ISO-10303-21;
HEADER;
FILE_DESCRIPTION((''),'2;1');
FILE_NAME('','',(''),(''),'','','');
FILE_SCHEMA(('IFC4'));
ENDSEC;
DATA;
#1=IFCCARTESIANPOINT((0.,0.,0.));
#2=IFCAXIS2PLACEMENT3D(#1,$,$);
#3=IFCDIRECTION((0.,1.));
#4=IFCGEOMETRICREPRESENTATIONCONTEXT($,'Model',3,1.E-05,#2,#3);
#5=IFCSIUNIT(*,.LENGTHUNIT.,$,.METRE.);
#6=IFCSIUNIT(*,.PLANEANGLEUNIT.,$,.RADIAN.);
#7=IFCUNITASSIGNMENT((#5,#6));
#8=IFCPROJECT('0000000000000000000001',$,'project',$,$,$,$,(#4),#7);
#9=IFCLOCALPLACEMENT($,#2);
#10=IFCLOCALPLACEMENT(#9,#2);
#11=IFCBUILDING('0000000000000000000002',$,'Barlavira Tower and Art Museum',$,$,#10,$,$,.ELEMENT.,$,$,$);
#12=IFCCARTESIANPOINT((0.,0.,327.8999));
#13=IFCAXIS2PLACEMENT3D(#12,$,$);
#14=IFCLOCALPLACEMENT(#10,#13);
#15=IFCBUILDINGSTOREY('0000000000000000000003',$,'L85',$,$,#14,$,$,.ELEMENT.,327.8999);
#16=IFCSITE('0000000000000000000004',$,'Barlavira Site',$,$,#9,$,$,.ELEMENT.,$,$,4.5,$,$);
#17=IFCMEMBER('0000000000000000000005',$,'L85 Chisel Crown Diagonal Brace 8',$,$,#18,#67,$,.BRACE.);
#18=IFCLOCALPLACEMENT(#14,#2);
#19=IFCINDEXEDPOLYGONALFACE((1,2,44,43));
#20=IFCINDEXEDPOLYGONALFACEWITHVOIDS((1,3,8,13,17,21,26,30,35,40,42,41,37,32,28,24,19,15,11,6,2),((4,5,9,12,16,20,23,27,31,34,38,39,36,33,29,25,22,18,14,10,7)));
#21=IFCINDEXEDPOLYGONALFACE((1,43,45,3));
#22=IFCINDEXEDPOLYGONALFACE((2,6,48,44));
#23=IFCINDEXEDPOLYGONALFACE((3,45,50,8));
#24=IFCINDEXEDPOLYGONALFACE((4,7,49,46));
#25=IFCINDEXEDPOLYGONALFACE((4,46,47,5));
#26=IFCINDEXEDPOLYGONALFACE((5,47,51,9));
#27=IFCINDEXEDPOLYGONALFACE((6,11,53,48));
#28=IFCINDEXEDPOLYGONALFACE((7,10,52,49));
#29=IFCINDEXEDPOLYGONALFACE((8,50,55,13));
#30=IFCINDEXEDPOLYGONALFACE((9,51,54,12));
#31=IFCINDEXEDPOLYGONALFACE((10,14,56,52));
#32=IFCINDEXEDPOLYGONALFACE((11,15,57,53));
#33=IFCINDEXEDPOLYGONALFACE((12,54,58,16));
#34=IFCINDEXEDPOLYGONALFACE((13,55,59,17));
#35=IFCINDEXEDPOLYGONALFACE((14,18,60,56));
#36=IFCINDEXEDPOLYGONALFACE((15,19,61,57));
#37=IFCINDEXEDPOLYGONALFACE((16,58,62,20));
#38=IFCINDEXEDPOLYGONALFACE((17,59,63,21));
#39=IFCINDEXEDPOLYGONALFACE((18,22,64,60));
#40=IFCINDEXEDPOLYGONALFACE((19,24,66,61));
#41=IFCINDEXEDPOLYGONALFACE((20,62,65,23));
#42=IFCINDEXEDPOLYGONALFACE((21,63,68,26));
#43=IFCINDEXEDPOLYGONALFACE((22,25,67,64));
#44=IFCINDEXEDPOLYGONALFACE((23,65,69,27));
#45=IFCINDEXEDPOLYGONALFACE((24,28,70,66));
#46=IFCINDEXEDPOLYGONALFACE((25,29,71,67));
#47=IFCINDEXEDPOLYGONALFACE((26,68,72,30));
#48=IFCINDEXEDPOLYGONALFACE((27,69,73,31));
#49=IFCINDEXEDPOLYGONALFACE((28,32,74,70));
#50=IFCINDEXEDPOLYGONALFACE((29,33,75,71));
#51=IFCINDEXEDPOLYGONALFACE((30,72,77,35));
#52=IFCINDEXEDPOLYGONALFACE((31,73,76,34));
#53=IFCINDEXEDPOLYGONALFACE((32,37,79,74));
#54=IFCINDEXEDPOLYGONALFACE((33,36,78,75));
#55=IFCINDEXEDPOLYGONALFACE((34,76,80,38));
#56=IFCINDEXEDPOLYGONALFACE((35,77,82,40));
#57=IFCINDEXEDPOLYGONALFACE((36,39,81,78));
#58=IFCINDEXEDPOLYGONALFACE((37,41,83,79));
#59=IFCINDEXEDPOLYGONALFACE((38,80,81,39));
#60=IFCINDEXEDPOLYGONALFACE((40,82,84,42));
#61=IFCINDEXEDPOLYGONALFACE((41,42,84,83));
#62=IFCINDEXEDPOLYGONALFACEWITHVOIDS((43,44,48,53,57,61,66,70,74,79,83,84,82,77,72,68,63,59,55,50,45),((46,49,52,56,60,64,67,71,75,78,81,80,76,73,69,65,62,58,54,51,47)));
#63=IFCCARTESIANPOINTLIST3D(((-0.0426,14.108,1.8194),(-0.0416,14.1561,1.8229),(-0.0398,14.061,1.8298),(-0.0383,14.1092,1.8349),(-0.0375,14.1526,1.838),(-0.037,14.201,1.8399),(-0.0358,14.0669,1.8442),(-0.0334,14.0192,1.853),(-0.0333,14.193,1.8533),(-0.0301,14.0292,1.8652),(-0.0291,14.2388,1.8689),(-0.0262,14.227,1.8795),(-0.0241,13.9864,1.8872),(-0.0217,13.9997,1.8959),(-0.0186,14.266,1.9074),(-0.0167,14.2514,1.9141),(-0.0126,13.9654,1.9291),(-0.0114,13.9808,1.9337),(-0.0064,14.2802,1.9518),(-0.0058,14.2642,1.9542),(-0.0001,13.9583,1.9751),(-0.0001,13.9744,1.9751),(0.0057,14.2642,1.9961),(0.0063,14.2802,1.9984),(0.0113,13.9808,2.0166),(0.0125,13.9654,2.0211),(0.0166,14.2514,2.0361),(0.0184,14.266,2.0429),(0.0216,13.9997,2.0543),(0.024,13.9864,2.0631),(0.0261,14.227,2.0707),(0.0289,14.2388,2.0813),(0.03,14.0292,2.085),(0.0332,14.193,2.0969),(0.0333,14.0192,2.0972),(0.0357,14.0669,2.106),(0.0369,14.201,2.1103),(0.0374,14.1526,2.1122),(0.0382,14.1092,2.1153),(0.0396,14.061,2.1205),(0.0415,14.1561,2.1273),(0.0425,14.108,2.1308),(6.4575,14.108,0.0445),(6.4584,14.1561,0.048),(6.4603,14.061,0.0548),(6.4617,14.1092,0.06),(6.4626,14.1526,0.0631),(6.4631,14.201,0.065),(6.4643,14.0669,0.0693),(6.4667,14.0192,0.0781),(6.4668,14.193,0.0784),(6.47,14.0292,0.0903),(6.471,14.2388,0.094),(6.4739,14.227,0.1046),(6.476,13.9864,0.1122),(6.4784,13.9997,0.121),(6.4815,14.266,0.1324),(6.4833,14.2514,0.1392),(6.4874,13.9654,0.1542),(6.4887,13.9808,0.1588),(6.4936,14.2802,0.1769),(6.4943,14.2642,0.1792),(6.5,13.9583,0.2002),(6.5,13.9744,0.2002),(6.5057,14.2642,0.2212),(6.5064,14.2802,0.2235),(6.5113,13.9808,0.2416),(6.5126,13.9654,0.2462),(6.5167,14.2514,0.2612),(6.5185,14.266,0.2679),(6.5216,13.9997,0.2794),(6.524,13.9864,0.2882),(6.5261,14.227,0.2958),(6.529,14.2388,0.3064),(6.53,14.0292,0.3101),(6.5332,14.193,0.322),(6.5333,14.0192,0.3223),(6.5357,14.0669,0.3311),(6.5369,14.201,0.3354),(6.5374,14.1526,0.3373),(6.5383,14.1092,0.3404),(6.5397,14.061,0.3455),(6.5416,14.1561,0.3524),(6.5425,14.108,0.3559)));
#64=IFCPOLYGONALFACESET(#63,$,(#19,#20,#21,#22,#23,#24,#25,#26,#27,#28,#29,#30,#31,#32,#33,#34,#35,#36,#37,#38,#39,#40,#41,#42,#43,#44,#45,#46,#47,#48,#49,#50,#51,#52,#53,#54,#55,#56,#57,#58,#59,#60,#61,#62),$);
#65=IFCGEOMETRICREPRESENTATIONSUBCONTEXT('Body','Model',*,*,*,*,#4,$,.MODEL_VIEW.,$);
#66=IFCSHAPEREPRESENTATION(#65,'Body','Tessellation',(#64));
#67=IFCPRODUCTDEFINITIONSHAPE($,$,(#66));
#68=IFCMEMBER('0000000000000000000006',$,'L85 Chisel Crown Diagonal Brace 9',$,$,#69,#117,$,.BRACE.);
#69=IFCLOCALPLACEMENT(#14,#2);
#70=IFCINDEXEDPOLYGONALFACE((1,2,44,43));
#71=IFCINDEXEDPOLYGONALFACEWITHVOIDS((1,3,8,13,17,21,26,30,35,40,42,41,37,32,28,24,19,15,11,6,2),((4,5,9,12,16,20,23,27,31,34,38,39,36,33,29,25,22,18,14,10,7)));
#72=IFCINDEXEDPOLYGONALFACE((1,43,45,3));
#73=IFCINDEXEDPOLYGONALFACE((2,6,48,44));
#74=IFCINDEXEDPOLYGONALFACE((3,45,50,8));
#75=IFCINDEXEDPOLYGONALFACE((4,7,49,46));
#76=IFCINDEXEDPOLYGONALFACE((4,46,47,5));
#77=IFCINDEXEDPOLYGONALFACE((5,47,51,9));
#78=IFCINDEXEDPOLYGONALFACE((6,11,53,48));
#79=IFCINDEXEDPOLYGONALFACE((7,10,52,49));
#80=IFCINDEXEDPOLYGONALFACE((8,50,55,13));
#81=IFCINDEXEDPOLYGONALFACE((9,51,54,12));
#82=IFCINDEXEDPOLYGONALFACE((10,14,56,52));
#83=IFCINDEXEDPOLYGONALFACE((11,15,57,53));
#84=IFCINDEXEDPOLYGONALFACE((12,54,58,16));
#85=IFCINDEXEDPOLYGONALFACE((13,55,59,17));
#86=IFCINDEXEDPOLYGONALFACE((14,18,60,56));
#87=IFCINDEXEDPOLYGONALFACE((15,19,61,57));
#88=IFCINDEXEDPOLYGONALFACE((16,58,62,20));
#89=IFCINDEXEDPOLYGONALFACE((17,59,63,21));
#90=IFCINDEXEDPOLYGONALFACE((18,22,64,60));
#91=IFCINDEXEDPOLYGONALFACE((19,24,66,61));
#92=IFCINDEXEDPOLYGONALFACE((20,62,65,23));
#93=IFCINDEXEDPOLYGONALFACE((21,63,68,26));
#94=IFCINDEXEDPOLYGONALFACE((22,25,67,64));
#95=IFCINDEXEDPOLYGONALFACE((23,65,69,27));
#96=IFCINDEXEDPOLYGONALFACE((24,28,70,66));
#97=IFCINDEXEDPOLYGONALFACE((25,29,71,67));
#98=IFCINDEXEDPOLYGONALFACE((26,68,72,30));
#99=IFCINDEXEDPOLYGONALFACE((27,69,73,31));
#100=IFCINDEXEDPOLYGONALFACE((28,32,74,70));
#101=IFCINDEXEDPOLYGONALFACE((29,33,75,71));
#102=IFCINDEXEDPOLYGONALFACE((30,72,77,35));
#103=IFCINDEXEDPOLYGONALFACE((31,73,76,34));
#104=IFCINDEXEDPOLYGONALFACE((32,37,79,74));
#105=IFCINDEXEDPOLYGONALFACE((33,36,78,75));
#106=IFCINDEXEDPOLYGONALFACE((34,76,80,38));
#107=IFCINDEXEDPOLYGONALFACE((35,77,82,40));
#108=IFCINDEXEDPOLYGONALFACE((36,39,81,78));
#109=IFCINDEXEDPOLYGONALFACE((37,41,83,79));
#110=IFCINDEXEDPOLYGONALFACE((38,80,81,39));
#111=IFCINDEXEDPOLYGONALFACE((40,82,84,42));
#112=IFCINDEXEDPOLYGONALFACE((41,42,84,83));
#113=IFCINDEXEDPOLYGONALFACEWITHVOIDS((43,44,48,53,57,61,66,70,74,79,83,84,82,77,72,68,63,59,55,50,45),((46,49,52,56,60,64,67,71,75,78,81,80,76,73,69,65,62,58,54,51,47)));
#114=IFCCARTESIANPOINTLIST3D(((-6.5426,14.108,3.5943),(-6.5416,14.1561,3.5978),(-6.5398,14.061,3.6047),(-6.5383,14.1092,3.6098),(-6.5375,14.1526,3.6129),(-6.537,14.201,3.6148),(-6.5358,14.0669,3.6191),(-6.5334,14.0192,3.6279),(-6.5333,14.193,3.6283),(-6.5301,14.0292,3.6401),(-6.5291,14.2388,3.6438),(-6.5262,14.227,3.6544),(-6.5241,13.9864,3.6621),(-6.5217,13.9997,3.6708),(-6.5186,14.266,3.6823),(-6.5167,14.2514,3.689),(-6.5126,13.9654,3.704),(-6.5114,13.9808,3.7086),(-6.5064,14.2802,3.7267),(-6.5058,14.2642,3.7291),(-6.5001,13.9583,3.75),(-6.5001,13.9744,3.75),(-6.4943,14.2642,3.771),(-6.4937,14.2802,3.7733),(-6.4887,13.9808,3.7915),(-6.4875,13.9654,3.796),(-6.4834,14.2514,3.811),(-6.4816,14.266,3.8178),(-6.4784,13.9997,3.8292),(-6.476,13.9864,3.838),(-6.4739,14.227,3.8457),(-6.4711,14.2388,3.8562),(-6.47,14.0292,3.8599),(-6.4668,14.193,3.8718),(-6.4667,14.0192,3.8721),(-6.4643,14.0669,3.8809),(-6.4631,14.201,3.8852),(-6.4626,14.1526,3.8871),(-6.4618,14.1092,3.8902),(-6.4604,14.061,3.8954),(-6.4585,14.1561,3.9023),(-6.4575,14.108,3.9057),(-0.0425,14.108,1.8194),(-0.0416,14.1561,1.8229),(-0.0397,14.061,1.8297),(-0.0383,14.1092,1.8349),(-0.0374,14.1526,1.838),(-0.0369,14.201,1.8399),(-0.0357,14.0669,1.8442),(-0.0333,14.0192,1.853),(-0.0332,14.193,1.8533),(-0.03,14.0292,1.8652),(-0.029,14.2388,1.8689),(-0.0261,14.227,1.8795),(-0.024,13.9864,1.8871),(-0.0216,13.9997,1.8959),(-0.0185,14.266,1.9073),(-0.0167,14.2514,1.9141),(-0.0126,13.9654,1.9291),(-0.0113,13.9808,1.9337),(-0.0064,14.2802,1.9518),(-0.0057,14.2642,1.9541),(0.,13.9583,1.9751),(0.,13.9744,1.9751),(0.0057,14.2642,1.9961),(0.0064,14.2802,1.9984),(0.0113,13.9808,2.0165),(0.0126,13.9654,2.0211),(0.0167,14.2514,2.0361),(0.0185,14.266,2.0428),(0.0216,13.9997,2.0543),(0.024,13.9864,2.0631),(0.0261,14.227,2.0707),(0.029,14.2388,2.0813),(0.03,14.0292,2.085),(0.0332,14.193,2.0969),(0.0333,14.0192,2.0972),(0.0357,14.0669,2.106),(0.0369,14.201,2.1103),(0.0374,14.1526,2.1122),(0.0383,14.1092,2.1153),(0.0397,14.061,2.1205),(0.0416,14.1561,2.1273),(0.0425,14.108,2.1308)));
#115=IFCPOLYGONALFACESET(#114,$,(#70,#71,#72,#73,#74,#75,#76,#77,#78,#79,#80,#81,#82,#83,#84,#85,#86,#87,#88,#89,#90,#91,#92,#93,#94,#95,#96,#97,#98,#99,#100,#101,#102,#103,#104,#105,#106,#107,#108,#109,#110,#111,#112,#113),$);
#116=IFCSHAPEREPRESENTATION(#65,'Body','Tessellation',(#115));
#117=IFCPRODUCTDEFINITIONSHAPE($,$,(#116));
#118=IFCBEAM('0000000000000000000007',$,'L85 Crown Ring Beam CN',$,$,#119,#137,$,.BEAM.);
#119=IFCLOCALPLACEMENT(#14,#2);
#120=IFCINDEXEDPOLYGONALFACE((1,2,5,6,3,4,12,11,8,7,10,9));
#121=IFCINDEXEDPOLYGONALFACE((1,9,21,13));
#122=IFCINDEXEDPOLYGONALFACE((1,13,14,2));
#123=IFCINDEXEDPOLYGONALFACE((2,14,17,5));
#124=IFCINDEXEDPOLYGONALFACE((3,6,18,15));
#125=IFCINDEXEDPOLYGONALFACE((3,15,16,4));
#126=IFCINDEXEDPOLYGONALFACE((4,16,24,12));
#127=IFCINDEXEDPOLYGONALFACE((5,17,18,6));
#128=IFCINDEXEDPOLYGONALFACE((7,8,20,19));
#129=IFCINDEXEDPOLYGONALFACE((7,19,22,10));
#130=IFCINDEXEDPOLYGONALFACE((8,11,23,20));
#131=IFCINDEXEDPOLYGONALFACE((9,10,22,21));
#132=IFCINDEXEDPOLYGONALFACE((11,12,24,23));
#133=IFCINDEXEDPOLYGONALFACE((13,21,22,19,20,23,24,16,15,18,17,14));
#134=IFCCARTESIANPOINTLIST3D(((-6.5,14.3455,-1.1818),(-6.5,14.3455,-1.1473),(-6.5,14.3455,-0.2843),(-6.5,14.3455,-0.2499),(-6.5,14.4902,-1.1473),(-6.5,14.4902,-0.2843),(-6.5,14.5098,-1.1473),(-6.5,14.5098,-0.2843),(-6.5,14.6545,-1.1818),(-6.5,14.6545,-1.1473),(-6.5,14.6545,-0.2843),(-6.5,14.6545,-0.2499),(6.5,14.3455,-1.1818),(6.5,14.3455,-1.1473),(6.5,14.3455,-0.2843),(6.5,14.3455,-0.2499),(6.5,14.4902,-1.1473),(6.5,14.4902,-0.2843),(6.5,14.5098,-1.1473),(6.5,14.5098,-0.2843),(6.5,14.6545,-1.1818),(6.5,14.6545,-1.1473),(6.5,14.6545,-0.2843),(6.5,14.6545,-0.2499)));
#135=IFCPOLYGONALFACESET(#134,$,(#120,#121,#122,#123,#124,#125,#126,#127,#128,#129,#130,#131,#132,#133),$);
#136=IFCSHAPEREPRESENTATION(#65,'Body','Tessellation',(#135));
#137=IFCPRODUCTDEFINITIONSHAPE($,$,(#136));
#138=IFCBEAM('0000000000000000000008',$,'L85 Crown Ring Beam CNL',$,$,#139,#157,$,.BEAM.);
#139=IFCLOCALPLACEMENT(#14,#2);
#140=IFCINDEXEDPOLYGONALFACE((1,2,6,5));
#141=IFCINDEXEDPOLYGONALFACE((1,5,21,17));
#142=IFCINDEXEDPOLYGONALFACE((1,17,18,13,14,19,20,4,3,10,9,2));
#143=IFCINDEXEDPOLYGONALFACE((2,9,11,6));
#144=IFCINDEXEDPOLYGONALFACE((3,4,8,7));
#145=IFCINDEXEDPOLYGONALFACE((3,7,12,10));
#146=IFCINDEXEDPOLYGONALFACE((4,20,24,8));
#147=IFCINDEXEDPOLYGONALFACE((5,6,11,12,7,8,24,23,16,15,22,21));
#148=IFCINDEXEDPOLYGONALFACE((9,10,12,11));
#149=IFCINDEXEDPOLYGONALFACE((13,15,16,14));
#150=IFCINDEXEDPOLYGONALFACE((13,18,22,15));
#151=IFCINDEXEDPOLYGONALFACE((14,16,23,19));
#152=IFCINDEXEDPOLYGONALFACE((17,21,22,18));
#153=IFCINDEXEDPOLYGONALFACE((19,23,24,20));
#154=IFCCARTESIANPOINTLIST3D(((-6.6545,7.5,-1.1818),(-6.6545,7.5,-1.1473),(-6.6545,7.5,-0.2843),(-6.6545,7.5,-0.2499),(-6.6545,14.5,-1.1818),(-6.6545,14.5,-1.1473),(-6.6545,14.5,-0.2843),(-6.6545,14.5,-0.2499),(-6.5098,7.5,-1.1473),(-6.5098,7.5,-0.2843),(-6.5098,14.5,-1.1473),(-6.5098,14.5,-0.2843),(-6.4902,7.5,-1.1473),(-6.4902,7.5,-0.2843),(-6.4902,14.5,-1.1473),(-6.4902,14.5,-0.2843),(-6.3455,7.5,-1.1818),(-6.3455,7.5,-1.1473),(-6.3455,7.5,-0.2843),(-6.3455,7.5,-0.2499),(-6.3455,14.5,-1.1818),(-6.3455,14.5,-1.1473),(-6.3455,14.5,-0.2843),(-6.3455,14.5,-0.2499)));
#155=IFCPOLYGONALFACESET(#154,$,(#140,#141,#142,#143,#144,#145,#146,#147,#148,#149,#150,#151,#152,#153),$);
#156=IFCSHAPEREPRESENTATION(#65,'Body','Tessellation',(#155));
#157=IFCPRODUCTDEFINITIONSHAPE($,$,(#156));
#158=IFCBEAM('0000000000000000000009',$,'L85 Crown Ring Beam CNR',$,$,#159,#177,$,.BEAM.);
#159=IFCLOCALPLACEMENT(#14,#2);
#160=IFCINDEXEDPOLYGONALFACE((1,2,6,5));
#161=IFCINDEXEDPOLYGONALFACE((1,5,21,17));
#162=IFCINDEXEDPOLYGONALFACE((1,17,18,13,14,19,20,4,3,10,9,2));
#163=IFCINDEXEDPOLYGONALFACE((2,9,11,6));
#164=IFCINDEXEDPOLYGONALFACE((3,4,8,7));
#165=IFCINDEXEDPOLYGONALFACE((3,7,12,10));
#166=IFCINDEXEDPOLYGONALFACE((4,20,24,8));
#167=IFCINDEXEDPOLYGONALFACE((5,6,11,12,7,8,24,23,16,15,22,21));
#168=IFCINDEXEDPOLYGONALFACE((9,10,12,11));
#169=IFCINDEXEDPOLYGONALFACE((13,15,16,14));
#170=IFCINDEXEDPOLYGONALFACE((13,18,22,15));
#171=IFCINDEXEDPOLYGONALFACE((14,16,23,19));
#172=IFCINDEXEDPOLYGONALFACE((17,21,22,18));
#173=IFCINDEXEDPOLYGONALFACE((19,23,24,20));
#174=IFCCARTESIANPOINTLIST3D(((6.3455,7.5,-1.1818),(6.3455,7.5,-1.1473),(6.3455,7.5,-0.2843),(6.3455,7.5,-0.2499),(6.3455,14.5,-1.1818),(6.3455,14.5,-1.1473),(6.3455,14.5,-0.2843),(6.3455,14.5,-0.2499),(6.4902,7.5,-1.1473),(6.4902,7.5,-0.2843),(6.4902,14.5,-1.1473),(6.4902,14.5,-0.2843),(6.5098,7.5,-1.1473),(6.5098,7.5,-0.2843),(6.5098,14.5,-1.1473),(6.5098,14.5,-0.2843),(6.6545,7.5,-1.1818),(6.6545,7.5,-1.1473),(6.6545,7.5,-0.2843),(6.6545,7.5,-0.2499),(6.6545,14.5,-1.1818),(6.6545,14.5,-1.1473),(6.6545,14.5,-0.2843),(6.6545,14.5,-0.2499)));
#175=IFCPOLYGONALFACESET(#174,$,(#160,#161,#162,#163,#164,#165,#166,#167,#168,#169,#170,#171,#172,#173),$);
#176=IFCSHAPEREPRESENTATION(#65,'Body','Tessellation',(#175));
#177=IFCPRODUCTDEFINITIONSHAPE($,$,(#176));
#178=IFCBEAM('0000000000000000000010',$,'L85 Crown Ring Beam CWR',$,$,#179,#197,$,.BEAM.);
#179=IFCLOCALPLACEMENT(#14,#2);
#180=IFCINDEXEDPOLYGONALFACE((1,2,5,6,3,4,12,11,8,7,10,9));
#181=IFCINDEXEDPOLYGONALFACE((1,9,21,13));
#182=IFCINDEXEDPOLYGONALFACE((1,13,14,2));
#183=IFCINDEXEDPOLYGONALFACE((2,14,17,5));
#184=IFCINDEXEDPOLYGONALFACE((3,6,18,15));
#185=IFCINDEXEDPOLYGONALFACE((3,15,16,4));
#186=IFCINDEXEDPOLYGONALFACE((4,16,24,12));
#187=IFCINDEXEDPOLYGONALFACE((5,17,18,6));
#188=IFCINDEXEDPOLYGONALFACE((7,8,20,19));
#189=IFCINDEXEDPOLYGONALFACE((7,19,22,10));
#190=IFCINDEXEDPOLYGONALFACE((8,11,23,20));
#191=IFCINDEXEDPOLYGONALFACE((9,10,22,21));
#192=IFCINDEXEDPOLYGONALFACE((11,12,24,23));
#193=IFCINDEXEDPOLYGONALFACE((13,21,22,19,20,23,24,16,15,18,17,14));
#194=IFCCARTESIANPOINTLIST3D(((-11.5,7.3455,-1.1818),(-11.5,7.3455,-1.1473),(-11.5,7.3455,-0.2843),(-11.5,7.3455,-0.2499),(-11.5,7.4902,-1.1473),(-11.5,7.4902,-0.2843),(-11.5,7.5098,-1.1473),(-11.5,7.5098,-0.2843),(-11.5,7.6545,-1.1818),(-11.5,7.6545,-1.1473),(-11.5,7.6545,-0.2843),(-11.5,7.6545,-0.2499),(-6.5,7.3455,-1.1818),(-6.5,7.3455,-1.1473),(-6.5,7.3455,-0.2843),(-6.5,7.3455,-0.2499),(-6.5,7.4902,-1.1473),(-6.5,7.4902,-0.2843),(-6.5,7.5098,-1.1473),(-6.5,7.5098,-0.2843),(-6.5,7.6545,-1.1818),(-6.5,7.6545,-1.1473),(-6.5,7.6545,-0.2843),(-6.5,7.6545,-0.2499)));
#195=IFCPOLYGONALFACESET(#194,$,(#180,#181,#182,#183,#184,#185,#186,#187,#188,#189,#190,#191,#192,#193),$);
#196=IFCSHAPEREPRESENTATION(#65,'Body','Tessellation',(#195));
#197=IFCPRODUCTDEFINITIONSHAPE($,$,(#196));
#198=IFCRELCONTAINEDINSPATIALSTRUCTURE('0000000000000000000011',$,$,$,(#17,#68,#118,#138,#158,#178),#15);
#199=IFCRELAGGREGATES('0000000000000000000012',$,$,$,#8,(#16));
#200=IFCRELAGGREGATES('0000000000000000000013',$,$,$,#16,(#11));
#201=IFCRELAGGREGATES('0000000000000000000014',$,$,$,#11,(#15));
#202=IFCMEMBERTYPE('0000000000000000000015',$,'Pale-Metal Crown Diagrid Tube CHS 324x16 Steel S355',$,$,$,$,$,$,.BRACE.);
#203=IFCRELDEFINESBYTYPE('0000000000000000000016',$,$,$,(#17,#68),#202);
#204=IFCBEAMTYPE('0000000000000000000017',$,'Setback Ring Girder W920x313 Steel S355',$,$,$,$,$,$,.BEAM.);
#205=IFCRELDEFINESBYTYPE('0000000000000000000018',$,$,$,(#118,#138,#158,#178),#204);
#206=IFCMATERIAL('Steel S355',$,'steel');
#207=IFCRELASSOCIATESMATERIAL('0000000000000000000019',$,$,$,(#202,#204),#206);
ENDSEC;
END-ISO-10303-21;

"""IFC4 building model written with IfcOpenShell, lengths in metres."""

from ifc_helpers import new_model, si_unit, direction, frame, origin, origin_2d, place, context, subcontext, project, spatial, hollow_circle, i_section, extrude, material, material_profile, profile_set, type_object, element, save


model = new_model("IFC4")

# Units and contexts
model_context = context("Model", 3, precision=1e-05, world=origin(), true_north=direction((0.0, 1.0)))
body_context = subcontext(model_context, "Body", "Model", "MODEL_VIEW")
ifc_project = project(units=[si_unit("LENGTHUNIT", "METRE"), si_unit("PLANEANGLEUNIT", "RADIAN")], contexts=[model_context])

# Site, building, storey
site_placement = place(None, origin())
site = spatial("IfcSite", under=ifc_project, at=site_placement, Name="Barlavira Site", CompositionType="ELEMENT", RefElevation=4.5)
building_placement = place(site_placement, origin())
building = spatial("IfcBuilding", under=site, at=building_placement, Name="Barlavira Tower and Art Museum", CompositionType="ELEMENT")
storey_placement = place(building_placement, frame((0.0, 0.0, 327.8999)))
storey = spatial("IfcBuildingStorey", under=building, at=storey_placement, Name="L85", CompositionType="ELEMENT", Elevation=327.8999)

# Shared definitions
ifc_material_1 = material(Name="Steel S355", Category="steel")

# Members
ifc_material_profile_1 = material_profile(ifc_material_1, hollow_circle(Radius=0.1619, WallThickness=0.0161, at=origin_2d()), Name="CHS 323.9x16.0")
ifc_profile_set_1 = profile_set([ifc_material_profile_1], Name="Steel S355")
member_type_1 = type_object("IfcMemberType", Name="Pale-Metal Crown Diagrid Tube CHS 324x16 Steel S355", PredefinedType="BRACE", material=ifc_profile_set_1)
for number, where, z_axis, x_axis, name in (
    (1, (6.5, 14.1201, 0.2002), (-0.964682, 0.0, 0.263418), (0.0, -1.0, 0.0), "L85 Chisel Crown Diagonal Brace 8"),
    (2, (0.0, 14.1201, 1.9751), (-0.964682, 0.0, 0.263418), (0.0, -1.0, 0.0), "L85 Chisel Crown Diagonal Brace 9"),
):
    element("IfcMember", number, at=place(storey_placement, frame(where, z_axis=z_axis, x_axis=x_axis)), inside=storey, type_object=member_type_1, Name=name, PredefinedType="BRACE", context=body_context, shape_type="SweptSolid", body=[
        extrude(hollow_circle(Radius=0.1619, WallThickness=0.0161, at=origin_2d()), origin(), (0.0, 0.0, 1.0), 6.738),
    ])

# Beams
ifc_material_profile_2 = material_profile(ifc_material_1, i_section(OverallWidth=0.3091, OverallDepth=0.9319, WebThickness=0.0195, FlangeThickness=0.0344, at=origin_2d()), Name="W920x313.0")
ifc_profile_set_2 = profile_set([ifc_material_profile_2], Name="Steel S355")
beam_type = type_object("IfcBeamType", Name="Setback Ring Girder W920x313 Steel S355", PredefinedType="BEAM", material=ifc_profile_set_2)
beam_1_placement = place(storey_placement, frame((-6.5, 14.5, -0.7158), z_axis=(1.0, 0.0, 0.0), x_axis=(0.0, 1.0, 0.0)))
element("IfcBeam", 3, at=beam_1_placement, inside=storey, type_object=beam_type, Name="L85 Crown Ring Beam CN", PredefinedType="BEAM", context=body_context, shape_type="SweptSolid", body=[
    extrude(i_section(OverallWidth=0.3091, OverallDepth=0.9319, WebThickness=0.0195, FlangeThickness=0.0344, at=origin_2d()), origin(), (0.0, 0.0, 1.0), 13.0),
])
for number, where, z_axis, x_axis, name in (
    (4, (-6.5, 7.5, -0.7158), (0.0, 1.0, 0.0), (-1.0, 0.0, 0.0), "L85 Crown Ring Beam CNL"),
    (5, (6.5, 7.5, -0.7158), (0.0, 1.0, 0.0), (-1.0, 0.0, 0.0), "L85 Crown Ring Beam CNR"),
):
    element("IfcBeam", number, at=place(storey_placement, frame(where, z_axis=z_axis, x_axis=x_axis)), inside=storey, type_object=beam_type, Name=name, PredefinedType="BEAM", context=body_context, shape_type="SweptSolid", body=[
        extrude(i_section(OverallWidth=0.3091, OverallDepth=0.9319, WebThickness=0.0195, FlangeThickness=0.0344, at=origin_2d()), origin(), (0.0, 0.0, 1.0), 7.0),
    ])
for number, where, z_axis, x_axis, name in (
    (6, (-11.5, 7.5, -0.7158), (1.0, 0.0, 0.0), (0.0, 1.0, 0.0), "L85 Crown Ring Beam CWR"),
):
    element("IfcBeam", number, at=place(storey_placement, frame(where, z_axis=z_axis, x_axis=x_axis)), inside=storey, type_object=beam_type, Name=name, PredefinedType="BEAM", context=body_context, shape_type="SweptSolid", body=[
        extrude(i_section(OverallWidth=0.3091, OverallDepth=0.9319, WebThickness=0.0195, FlangeThickness=0.0344, at=origin_2d()), origin(), (0.0, 0.0, 1.0), 5.0),
    ])

save(model, "model.ifc")
